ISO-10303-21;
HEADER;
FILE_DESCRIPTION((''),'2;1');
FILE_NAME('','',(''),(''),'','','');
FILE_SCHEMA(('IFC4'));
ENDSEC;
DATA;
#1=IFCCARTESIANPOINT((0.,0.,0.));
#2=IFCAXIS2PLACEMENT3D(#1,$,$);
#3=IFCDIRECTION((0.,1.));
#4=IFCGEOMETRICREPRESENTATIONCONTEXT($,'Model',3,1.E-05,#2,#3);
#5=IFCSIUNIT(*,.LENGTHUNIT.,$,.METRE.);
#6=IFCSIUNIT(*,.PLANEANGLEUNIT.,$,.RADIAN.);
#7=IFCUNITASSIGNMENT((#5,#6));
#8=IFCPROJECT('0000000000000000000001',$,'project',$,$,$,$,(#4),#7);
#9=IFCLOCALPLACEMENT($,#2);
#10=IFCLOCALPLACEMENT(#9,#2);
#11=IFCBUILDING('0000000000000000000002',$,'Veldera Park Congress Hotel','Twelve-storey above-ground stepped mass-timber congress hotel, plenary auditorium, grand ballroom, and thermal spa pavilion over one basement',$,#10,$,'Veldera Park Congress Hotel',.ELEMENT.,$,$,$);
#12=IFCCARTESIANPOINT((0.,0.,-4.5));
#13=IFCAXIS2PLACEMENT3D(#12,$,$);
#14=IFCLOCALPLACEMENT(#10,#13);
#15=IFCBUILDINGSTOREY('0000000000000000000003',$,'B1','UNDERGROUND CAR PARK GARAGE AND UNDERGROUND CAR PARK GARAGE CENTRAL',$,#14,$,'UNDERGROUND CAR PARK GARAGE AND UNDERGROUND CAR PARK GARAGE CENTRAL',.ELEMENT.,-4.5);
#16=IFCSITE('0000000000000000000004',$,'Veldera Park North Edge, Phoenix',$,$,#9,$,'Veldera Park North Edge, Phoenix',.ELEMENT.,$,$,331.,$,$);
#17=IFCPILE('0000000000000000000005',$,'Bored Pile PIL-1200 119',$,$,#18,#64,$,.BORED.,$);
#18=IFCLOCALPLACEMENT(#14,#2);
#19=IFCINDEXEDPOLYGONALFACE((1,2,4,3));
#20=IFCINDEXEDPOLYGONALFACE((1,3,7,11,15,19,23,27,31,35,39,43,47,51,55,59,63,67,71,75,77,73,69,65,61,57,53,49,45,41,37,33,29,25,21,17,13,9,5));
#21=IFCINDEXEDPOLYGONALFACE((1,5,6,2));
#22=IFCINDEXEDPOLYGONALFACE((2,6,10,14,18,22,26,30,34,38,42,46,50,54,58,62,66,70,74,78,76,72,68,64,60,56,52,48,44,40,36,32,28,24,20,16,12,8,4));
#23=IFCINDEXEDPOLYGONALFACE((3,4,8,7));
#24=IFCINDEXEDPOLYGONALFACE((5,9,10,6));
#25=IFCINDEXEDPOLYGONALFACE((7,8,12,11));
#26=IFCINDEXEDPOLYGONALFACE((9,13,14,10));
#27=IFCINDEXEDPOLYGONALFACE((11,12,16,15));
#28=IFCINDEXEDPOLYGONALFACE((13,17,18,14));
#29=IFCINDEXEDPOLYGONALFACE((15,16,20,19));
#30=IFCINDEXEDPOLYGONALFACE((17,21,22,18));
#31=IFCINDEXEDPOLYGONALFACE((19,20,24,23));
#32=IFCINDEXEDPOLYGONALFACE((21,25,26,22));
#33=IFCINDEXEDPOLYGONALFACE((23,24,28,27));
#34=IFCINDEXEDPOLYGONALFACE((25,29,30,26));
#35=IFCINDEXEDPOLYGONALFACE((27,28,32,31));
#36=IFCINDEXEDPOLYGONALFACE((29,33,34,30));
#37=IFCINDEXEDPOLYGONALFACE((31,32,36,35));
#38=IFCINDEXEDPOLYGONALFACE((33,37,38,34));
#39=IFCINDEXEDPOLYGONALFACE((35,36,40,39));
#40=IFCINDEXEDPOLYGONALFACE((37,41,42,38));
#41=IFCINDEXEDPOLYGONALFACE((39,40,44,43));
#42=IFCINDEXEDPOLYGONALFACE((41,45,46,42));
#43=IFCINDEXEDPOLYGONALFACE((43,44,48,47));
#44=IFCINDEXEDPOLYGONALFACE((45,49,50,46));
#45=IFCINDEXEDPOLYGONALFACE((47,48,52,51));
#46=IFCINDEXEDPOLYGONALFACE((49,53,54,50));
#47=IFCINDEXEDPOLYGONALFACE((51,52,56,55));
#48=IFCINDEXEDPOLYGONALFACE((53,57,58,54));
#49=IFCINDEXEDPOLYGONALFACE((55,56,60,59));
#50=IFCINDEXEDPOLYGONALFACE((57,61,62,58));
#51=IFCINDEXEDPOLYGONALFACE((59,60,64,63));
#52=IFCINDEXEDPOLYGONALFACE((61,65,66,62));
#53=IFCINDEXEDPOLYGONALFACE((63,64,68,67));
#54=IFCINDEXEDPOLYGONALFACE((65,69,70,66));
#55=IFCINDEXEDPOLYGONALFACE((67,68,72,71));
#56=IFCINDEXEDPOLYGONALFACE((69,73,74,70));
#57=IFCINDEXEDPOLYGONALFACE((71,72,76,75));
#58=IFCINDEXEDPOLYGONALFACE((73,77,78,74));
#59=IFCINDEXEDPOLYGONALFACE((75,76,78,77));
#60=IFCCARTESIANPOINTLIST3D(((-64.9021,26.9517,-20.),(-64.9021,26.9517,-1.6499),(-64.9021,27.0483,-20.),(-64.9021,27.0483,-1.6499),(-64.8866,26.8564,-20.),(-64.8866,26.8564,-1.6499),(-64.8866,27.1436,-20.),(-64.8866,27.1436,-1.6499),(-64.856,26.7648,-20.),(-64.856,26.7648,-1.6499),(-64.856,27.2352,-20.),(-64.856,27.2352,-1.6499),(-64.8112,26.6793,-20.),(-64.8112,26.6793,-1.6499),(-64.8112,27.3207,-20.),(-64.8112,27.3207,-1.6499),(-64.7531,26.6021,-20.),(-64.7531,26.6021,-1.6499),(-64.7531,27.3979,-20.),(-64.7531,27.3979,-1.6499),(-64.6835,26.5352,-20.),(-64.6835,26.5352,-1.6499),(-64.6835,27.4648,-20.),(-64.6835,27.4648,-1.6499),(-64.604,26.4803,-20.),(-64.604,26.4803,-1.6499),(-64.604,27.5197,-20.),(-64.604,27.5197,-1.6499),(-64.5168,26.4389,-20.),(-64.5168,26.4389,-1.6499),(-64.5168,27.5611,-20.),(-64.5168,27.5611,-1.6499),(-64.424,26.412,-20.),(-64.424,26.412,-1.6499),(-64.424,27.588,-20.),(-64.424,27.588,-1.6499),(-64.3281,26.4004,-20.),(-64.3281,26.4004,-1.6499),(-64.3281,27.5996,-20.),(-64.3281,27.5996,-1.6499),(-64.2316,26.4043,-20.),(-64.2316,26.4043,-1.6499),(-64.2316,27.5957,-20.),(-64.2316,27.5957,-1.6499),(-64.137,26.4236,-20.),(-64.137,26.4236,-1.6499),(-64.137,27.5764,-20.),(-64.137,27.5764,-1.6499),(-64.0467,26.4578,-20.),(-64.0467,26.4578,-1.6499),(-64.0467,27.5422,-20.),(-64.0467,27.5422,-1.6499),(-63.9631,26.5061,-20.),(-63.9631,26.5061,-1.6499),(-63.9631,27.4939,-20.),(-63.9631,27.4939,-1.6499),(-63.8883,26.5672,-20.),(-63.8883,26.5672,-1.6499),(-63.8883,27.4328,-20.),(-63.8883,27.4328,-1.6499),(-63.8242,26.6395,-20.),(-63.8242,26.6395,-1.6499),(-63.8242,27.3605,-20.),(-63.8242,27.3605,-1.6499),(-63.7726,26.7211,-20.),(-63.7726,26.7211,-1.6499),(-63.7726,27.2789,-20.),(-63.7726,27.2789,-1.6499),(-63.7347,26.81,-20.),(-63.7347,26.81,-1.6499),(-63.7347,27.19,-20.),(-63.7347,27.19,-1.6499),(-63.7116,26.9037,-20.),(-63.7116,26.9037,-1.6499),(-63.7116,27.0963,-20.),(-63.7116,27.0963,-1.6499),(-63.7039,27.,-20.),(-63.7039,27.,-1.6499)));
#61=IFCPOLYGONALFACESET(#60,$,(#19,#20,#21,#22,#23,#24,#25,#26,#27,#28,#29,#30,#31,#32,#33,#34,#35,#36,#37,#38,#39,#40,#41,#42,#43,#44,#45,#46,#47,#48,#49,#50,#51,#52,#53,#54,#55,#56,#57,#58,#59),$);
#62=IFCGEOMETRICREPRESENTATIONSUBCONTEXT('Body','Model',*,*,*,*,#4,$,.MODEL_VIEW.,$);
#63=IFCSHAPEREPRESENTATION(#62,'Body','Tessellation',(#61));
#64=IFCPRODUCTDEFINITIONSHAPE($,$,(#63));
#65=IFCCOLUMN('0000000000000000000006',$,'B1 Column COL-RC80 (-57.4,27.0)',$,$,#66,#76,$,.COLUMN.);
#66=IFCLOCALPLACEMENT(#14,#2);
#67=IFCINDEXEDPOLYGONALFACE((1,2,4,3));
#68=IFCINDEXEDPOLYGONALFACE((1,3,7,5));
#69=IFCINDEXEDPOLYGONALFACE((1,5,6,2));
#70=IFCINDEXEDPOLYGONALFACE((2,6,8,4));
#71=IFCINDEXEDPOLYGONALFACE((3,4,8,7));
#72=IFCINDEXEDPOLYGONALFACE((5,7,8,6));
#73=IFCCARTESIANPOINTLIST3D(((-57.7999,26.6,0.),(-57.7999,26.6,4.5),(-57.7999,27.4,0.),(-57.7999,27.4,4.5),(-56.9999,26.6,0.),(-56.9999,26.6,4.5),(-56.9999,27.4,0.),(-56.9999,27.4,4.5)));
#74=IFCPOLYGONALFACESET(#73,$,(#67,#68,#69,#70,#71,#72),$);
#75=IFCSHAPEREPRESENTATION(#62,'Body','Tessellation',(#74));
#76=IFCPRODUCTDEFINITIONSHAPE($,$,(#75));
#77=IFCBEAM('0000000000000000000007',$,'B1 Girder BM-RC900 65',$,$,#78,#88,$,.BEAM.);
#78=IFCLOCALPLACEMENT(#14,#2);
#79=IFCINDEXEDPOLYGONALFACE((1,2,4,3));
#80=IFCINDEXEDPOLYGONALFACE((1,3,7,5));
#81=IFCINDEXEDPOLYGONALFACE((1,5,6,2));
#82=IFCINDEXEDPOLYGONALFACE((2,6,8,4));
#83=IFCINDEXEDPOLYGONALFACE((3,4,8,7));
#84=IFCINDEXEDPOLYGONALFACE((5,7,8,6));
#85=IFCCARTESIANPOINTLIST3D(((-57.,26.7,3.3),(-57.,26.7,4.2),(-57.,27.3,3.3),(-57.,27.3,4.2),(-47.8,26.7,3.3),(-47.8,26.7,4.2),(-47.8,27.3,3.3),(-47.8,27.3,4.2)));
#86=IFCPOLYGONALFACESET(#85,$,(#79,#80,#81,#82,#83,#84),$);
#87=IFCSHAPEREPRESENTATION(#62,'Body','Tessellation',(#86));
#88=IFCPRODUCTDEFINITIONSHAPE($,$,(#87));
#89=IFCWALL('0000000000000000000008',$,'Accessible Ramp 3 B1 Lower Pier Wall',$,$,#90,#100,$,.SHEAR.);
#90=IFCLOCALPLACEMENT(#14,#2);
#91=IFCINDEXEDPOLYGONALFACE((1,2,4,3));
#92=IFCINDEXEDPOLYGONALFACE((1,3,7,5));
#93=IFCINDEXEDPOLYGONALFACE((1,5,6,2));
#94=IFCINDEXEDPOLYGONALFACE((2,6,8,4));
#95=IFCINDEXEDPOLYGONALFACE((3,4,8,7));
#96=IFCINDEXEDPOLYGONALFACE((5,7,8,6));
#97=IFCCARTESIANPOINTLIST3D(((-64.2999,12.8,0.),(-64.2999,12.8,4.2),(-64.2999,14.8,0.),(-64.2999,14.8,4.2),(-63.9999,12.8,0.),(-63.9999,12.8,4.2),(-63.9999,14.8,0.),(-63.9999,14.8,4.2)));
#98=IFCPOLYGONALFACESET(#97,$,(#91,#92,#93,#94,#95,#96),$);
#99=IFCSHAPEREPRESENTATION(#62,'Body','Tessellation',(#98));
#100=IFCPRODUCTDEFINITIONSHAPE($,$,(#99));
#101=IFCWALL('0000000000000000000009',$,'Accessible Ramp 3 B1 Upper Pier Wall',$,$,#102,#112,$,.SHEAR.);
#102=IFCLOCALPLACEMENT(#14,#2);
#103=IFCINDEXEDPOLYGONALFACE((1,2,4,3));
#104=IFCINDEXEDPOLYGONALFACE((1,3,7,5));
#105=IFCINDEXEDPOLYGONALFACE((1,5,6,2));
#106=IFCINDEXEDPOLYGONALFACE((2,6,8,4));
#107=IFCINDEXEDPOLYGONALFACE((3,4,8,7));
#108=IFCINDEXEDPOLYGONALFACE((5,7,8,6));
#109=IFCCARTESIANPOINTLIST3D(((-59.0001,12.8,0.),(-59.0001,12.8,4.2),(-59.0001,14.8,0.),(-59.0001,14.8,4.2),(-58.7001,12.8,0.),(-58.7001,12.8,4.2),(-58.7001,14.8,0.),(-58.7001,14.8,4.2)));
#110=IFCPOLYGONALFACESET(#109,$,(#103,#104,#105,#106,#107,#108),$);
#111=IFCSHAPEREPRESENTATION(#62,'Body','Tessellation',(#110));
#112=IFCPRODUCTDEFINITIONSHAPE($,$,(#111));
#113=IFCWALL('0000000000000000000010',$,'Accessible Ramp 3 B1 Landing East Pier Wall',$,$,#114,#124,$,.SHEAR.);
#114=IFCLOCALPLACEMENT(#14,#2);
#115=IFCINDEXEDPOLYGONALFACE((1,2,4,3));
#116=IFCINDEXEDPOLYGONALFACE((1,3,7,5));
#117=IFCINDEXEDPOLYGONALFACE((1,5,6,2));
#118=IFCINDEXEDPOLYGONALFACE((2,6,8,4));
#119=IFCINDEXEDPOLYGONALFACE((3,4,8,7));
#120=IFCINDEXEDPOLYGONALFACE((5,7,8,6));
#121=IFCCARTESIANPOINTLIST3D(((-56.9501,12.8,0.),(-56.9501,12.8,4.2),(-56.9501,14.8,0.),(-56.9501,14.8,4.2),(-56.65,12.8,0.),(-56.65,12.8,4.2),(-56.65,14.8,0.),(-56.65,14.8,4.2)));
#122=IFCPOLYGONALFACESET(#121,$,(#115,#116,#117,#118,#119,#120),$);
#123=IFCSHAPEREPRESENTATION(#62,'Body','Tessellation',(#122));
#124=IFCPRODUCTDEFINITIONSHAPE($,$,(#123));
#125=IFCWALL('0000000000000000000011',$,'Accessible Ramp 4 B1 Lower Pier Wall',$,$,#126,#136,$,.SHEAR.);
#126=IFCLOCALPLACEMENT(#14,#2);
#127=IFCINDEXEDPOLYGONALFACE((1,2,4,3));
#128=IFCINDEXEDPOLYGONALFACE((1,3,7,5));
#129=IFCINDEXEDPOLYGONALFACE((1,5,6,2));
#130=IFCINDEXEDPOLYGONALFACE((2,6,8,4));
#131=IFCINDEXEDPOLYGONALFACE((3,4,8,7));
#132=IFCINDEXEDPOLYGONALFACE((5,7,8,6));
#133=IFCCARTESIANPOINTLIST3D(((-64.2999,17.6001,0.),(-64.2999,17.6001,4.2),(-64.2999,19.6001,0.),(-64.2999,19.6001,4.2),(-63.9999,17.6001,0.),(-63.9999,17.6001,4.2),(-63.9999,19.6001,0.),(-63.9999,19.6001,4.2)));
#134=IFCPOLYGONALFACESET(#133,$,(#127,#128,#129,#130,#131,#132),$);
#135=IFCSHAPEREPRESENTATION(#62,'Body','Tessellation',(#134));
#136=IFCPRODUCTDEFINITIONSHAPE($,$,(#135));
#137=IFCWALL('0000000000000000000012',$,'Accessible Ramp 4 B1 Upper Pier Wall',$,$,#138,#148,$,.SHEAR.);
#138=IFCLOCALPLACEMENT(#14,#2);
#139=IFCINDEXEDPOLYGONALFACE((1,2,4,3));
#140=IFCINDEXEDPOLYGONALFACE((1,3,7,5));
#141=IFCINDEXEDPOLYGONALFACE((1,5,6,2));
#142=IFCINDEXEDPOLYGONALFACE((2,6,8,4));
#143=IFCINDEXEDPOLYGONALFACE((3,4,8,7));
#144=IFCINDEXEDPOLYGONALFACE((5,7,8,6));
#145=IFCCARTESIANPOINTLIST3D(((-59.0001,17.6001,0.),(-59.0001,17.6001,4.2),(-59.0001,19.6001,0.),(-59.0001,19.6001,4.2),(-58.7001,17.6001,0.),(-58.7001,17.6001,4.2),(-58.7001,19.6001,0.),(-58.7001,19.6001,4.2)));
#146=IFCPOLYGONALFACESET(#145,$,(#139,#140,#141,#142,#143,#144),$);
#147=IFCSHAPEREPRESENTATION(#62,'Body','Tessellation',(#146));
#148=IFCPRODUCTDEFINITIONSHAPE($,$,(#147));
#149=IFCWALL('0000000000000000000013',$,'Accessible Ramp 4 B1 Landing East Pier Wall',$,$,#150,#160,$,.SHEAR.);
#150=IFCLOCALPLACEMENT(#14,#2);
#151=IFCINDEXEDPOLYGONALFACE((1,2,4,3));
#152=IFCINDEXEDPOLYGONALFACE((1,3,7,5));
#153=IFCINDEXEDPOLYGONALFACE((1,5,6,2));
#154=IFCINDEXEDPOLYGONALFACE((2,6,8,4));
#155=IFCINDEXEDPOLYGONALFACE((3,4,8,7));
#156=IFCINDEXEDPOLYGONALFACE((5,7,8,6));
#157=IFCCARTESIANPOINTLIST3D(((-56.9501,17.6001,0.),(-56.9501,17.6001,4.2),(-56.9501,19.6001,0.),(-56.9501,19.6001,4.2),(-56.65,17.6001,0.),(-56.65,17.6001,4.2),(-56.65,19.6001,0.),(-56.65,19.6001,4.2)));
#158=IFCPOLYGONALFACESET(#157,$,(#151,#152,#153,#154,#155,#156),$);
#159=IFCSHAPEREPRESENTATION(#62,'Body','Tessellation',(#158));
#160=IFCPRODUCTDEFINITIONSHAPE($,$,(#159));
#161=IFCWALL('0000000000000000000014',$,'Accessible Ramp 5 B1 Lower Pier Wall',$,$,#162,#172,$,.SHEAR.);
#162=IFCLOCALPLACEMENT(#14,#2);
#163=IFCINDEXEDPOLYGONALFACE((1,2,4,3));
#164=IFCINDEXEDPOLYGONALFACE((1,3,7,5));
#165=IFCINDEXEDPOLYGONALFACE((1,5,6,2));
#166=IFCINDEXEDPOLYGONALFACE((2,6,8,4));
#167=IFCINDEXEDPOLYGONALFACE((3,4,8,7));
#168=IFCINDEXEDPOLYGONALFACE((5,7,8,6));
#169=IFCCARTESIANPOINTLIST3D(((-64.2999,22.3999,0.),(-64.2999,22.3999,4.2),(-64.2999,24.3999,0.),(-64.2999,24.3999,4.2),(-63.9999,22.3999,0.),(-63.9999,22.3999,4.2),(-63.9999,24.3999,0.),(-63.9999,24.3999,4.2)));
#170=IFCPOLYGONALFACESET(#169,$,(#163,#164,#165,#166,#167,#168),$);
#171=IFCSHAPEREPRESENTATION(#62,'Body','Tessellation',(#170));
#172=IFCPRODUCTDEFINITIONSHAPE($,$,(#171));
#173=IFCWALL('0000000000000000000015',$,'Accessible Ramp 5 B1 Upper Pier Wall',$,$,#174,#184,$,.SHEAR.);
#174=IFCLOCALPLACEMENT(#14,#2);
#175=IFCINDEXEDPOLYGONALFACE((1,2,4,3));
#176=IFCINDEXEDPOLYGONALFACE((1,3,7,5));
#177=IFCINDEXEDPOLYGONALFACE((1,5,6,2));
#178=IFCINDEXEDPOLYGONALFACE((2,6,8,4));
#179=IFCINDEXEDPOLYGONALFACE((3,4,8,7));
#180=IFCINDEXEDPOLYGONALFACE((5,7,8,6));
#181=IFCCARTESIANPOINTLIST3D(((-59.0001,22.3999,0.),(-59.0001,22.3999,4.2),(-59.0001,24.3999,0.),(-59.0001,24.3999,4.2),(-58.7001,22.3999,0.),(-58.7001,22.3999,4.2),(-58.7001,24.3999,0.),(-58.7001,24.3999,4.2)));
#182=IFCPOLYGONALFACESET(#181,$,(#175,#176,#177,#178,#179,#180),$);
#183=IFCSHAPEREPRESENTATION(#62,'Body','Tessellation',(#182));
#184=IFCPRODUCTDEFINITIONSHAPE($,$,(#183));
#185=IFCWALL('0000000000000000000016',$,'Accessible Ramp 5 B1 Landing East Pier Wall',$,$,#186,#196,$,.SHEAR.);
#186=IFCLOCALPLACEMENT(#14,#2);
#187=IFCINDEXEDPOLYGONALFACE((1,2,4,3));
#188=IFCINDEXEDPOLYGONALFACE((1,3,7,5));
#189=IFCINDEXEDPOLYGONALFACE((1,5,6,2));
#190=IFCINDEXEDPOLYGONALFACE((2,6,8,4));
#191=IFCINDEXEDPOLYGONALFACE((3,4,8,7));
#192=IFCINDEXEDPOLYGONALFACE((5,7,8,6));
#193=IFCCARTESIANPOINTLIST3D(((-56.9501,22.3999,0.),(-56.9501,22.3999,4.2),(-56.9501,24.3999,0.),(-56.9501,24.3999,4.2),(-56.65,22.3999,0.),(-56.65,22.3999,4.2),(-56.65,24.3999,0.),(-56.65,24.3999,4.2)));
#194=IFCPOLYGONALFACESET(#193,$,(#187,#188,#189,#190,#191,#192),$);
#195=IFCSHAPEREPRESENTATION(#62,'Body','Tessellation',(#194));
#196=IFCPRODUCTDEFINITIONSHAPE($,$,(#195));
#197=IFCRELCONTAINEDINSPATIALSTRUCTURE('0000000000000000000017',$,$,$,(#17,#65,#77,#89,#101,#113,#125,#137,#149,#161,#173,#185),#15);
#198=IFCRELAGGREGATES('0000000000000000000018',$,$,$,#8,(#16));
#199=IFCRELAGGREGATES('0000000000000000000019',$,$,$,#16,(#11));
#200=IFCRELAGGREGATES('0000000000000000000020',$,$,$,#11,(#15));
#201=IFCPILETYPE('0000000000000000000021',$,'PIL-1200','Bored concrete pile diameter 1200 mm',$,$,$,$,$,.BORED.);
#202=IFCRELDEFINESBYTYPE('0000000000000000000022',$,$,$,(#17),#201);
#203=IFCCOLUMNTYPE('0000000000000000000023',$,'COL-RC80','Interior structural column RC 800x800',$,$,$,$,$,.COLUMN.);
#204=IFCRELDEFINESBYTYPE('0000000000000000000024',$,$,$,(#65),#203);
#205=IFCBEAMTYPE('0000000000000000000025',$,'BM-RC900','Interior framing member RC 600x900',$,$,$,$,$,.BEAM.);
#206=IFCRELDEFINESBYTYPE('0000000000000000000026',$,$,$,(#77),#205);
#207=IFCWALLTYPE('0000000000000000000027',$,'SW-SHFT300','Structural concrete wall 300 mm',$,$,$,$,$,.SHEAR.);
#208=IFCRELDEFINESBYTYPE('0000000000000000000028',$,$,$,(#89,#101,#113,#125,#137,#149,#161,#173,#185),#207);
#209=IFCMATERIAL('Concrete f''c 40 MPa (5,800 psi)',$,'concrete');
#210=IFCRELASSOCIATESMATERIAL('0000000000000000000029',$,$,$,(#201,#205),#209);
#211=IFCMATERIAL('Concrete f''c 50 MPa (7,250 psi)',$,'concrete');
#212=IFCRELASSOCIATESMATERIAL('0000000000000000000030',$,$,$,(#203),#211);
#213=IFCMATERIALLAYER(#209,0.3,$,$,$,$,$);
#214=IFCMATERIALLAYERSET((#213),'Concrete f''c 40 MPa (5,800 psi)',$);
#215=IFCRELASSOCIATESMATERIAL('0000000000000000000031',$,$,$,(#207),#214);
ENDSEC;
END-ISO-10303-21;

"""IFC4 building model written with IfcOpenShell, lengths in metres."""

from ifc_helpers import new_model, si_unit, direction, frame, frame_2d, origin, origin_2d, place, context, subcontext, project, spatial, rectangle, circle, extrude, material, layer, layer_set, material_profile, profile_set, type_object, element, save


model = new_model("IFC4")

# Units and contexts
model_context = context("Model", 3, precision=1e-05, world=origin(), true_north=direction((0.0, 1.0)))
body_context = subcontext(model_context, "Body", "Model", "MODEL_VIEW")
ifc_project = project(units=[si_unit("LENGTHUNIT", "METRE"), si_unit("PLANEANGLEUNIT", "RADIAN")], contexts=[model_context])

# Site, building, storey
site_placement = place(None, origin())
site = spatial("IfcSite", under=ifc_project, at=site_placement, Name="Veldera Park North Edge, Phoenix", LongName="Veldera Park North Edge, Phoenix", CompositionType="ELEMENT", RefElevation=331.0)
building_placement = place(site_placement, origin())
building = spatial("IfcBuilding", under=site, at=building_placement, Name="Veldera Park Congress Hotel", Description="Twelve-storey above-ground stepped mass-timber congress hotel, plenary auditorium, grand ballroom, and thermal spa pavilion over one basement", LongName="Veldera Park Congress Hotel", CompositionType="ELEMENT")
storey_placement = place(building_placement, frame((0.0, 0.0, -4.5)))
storey = spatial("IfcBuildingStorey", under=building, at=storey_placement, Name="B1", Description="UNDERGROUND CAR PARK GARAGE AND UNDERGROUND CAR PARK GARAGE CENTRAL", LongName="UNDERGROUND CAR PARK GARAGE AND UNDERGROUND CAR PARK GARAGE CENTRAL", CompositionType="ELEMENT", Elevation=-4.5)

# Shared definitions
ifc_material_1 = material(Name="Concrete f'c 40 MPa (5,800 psi)", Category="concrete")

# Pile
ifc_material_profile_1 = material_profile(ifc_material_1, circle(Radius=0.6001, at=origin_2d()), Name="PILE D1200")
ifc_profile_set_1 = profile_set([ifc_material_profile_1], Name="Concrete f'c 40 MPa (5,800 psi)")
pile_type_1 = type_object("IfcPileType", Name="PIL-1200", Description="Bored concrete pile diameter 1200 mm", PredefinedType="BORED", material=ifc_profile_set_1)
for number, where, z_axis, x_axis, name in (
    (1, (-64.304, 27.0, -1.6499), (0.0, 0.0, -1.0), (1.0, 0.0, 0.0), "Bored Pile PIL-1200 119"),
):
    element("IfcPile", number, at=place(storey_placement, frame(where, z_axis=z_axis, x_axis=x_axis)), inside=storey, type_object=pile_type_1, Name=name, PredefinedType="BORED", context=body_context, shape_type="SweptSolid", body=[
        extrude(circle(Radius=0.6001, at=origin_2d()), origin(), (0.0, 0.0, 1.0), 18.3501),
    ])

# Column
ifc_material_2 = material(Name="Concrete f'c 50 MPa (7,250 psi)", Category="concrete")
ifc_material_profile_2 = material_profile(ifc_material_2, rectangle(XDim=0.8, YDim=0.8, at=origin_2d()), Name="RC 800x800")
ifc_profile_set_2 = profile_set([ifc_material_profile_2], Name="Concrete f'c 50 MPa (7,250 psi)")
column_type = type_object("IfcColumnType", Name="COL-RC80", Description="Interior structural column RC 800x800", PredefinedType="COLUMN", material=ifc_profile_set_2)
column_placement = place(storey_placement, frame((-57.3999, 27.0, 0.0), z_axis=(0.0, 0.0, 1.0), x_axis=(1.0, 0.0, 0.0)))
element("IfcColumn", 2, at=column_placement, inside=storey, type_object=column_type, Name="B1 Column COL-RC80 (-57.4,27.0)", PredefinedType="COLUMN", context=body_context, shape_type="SweptSolid", body=[
    extrude(rectangle(XDim=0.8, YDim=0.8, at=origin_2d()), origin(), (0.0, 0.0, 1.0), 4.5),
])

# Beam
ifc_material_profile_3 = material_profile(ifc_material_1, rectangle(XDim=0.6001, YDim=0.8999, at=origin_2d()), Name="RC 600x900")
ifc_profile_set_3 = profile_set([ifc_material_profile_3], Name="Concrete f'c 40 MPa (5,800 psi)")
beam_type = type_object("IfcBeamType", Name="BM-RC900", Description="Interior framing member RC 600x900", PredefinedType="BEAM", material=ifc_profile_set_3)
beam_placement = place(storey_placement, frame((-57.0, 27.0, 3.75), z_axis=(1.0, 0.0, 0.0), x_axis=(0.0, 1.0, 0.0)))
element("IfcBeam", 3, at=beam_placement, inside=storey, type_object=beam_type, Name="B1 Girder BM-RC900 65", PredefinedType="BEAM", context=body_context, shape_type="SweptSolid", body=[
    extrude(rectangle(XDim=0.6001, YDim=0.8999, at=origin_2d()), origin(), (0.0, 0.0, 1.0), 9.2),
])

# Walls
ifc_layer = layer(ifc_material_1, 0.3)
ifc_layer_set = layer_set([ifc_layer], Name="Concrete f'c 40 MPa (5,800 psi)")
wall_type = type_object("IfcWallType", Name="SW-SHFT300", Description="Structural concrete wall 300 mm", PredefinedType="SHEAR", material=ifc_layer_set)
for number, where, z_axis, x_axis, name in (
    (4, (-64.1499, 12.8, 0.0), (0.0, 0.0, 1.0), (0.0, 1.0, 0.0), "Accessible Ramp 3 B1 Lower Pier Wall"),
    (5, (-58.8501, 12.8, 0.0), (0.0, 0.0, 1.0), (0.0, 1.0, 0.0), "Accessible Ramp 3 B1 Upper Pier Wall"),
    (6, (-56.8, 12.8, 0.0), (0.0, 0.0, 1.0), (0.0, 1.0, 0.0), "Accessible Ramp 3 B1 Landing East Pier Wall"),
    (7, (-64.1499, 17.6001, 0.0), (0.0, 0.0, 1.0), (0.0, 1.0, 0.0), "Accessible Ramp 4 B1 Lower Pier Wall"),
    (8, (-58.8501, 17.6001, 0.0), (0.0, 0.0, 1.0), (0.0, 1.0, 0.0), "Accessible Ramp 4 B1 Upper Pier Wall"),
    (9, (-56.8, 17.6001, 0.0), (0.0, 0.0, 1.0), (0.0, 1.0, 0.0), "Accessible Ramp 4 B1 Landing East Pier Wall"),
    (10, (-64.1499, 22.3999, 0.0), (0.0, 0.0, 1.0), (0.0, 1.0, 0.0), "Accessible Ramp 5 B1 Lower Pier Wall"),
    (11, (-58.8501, 22.3999, 0.0), (0.0, 0.0, 1.0), (0.0, 1.0, 0.0), "Accessible Ramp 5 B1 Upper Pier Wall"),
    (12, (-56.8, 22.3999, 0.0), (0.0, 0.0, 1.0), (0.0, 1.0, 0.0), "Accessible Ramp 5 B1 Landing East Pier Wall"),
):
    element("IfcWall", number, at=place(storey_placement, frame(where, z_axis=z_axis, x_axis=x_axis)), inside=storey, type_object=wall_type, Name=name, PredefinedType="SHEAR", context=body_context, shape_type="SweptSolid", body=[
        extrude(rectangle(XDim=2.0, YDim=0.3, at=frame_2d((1.0, 0.0))), origin(), (0.0, 0.0, 1.0), 4.2),
    ])

save(model, "model.ifc")
